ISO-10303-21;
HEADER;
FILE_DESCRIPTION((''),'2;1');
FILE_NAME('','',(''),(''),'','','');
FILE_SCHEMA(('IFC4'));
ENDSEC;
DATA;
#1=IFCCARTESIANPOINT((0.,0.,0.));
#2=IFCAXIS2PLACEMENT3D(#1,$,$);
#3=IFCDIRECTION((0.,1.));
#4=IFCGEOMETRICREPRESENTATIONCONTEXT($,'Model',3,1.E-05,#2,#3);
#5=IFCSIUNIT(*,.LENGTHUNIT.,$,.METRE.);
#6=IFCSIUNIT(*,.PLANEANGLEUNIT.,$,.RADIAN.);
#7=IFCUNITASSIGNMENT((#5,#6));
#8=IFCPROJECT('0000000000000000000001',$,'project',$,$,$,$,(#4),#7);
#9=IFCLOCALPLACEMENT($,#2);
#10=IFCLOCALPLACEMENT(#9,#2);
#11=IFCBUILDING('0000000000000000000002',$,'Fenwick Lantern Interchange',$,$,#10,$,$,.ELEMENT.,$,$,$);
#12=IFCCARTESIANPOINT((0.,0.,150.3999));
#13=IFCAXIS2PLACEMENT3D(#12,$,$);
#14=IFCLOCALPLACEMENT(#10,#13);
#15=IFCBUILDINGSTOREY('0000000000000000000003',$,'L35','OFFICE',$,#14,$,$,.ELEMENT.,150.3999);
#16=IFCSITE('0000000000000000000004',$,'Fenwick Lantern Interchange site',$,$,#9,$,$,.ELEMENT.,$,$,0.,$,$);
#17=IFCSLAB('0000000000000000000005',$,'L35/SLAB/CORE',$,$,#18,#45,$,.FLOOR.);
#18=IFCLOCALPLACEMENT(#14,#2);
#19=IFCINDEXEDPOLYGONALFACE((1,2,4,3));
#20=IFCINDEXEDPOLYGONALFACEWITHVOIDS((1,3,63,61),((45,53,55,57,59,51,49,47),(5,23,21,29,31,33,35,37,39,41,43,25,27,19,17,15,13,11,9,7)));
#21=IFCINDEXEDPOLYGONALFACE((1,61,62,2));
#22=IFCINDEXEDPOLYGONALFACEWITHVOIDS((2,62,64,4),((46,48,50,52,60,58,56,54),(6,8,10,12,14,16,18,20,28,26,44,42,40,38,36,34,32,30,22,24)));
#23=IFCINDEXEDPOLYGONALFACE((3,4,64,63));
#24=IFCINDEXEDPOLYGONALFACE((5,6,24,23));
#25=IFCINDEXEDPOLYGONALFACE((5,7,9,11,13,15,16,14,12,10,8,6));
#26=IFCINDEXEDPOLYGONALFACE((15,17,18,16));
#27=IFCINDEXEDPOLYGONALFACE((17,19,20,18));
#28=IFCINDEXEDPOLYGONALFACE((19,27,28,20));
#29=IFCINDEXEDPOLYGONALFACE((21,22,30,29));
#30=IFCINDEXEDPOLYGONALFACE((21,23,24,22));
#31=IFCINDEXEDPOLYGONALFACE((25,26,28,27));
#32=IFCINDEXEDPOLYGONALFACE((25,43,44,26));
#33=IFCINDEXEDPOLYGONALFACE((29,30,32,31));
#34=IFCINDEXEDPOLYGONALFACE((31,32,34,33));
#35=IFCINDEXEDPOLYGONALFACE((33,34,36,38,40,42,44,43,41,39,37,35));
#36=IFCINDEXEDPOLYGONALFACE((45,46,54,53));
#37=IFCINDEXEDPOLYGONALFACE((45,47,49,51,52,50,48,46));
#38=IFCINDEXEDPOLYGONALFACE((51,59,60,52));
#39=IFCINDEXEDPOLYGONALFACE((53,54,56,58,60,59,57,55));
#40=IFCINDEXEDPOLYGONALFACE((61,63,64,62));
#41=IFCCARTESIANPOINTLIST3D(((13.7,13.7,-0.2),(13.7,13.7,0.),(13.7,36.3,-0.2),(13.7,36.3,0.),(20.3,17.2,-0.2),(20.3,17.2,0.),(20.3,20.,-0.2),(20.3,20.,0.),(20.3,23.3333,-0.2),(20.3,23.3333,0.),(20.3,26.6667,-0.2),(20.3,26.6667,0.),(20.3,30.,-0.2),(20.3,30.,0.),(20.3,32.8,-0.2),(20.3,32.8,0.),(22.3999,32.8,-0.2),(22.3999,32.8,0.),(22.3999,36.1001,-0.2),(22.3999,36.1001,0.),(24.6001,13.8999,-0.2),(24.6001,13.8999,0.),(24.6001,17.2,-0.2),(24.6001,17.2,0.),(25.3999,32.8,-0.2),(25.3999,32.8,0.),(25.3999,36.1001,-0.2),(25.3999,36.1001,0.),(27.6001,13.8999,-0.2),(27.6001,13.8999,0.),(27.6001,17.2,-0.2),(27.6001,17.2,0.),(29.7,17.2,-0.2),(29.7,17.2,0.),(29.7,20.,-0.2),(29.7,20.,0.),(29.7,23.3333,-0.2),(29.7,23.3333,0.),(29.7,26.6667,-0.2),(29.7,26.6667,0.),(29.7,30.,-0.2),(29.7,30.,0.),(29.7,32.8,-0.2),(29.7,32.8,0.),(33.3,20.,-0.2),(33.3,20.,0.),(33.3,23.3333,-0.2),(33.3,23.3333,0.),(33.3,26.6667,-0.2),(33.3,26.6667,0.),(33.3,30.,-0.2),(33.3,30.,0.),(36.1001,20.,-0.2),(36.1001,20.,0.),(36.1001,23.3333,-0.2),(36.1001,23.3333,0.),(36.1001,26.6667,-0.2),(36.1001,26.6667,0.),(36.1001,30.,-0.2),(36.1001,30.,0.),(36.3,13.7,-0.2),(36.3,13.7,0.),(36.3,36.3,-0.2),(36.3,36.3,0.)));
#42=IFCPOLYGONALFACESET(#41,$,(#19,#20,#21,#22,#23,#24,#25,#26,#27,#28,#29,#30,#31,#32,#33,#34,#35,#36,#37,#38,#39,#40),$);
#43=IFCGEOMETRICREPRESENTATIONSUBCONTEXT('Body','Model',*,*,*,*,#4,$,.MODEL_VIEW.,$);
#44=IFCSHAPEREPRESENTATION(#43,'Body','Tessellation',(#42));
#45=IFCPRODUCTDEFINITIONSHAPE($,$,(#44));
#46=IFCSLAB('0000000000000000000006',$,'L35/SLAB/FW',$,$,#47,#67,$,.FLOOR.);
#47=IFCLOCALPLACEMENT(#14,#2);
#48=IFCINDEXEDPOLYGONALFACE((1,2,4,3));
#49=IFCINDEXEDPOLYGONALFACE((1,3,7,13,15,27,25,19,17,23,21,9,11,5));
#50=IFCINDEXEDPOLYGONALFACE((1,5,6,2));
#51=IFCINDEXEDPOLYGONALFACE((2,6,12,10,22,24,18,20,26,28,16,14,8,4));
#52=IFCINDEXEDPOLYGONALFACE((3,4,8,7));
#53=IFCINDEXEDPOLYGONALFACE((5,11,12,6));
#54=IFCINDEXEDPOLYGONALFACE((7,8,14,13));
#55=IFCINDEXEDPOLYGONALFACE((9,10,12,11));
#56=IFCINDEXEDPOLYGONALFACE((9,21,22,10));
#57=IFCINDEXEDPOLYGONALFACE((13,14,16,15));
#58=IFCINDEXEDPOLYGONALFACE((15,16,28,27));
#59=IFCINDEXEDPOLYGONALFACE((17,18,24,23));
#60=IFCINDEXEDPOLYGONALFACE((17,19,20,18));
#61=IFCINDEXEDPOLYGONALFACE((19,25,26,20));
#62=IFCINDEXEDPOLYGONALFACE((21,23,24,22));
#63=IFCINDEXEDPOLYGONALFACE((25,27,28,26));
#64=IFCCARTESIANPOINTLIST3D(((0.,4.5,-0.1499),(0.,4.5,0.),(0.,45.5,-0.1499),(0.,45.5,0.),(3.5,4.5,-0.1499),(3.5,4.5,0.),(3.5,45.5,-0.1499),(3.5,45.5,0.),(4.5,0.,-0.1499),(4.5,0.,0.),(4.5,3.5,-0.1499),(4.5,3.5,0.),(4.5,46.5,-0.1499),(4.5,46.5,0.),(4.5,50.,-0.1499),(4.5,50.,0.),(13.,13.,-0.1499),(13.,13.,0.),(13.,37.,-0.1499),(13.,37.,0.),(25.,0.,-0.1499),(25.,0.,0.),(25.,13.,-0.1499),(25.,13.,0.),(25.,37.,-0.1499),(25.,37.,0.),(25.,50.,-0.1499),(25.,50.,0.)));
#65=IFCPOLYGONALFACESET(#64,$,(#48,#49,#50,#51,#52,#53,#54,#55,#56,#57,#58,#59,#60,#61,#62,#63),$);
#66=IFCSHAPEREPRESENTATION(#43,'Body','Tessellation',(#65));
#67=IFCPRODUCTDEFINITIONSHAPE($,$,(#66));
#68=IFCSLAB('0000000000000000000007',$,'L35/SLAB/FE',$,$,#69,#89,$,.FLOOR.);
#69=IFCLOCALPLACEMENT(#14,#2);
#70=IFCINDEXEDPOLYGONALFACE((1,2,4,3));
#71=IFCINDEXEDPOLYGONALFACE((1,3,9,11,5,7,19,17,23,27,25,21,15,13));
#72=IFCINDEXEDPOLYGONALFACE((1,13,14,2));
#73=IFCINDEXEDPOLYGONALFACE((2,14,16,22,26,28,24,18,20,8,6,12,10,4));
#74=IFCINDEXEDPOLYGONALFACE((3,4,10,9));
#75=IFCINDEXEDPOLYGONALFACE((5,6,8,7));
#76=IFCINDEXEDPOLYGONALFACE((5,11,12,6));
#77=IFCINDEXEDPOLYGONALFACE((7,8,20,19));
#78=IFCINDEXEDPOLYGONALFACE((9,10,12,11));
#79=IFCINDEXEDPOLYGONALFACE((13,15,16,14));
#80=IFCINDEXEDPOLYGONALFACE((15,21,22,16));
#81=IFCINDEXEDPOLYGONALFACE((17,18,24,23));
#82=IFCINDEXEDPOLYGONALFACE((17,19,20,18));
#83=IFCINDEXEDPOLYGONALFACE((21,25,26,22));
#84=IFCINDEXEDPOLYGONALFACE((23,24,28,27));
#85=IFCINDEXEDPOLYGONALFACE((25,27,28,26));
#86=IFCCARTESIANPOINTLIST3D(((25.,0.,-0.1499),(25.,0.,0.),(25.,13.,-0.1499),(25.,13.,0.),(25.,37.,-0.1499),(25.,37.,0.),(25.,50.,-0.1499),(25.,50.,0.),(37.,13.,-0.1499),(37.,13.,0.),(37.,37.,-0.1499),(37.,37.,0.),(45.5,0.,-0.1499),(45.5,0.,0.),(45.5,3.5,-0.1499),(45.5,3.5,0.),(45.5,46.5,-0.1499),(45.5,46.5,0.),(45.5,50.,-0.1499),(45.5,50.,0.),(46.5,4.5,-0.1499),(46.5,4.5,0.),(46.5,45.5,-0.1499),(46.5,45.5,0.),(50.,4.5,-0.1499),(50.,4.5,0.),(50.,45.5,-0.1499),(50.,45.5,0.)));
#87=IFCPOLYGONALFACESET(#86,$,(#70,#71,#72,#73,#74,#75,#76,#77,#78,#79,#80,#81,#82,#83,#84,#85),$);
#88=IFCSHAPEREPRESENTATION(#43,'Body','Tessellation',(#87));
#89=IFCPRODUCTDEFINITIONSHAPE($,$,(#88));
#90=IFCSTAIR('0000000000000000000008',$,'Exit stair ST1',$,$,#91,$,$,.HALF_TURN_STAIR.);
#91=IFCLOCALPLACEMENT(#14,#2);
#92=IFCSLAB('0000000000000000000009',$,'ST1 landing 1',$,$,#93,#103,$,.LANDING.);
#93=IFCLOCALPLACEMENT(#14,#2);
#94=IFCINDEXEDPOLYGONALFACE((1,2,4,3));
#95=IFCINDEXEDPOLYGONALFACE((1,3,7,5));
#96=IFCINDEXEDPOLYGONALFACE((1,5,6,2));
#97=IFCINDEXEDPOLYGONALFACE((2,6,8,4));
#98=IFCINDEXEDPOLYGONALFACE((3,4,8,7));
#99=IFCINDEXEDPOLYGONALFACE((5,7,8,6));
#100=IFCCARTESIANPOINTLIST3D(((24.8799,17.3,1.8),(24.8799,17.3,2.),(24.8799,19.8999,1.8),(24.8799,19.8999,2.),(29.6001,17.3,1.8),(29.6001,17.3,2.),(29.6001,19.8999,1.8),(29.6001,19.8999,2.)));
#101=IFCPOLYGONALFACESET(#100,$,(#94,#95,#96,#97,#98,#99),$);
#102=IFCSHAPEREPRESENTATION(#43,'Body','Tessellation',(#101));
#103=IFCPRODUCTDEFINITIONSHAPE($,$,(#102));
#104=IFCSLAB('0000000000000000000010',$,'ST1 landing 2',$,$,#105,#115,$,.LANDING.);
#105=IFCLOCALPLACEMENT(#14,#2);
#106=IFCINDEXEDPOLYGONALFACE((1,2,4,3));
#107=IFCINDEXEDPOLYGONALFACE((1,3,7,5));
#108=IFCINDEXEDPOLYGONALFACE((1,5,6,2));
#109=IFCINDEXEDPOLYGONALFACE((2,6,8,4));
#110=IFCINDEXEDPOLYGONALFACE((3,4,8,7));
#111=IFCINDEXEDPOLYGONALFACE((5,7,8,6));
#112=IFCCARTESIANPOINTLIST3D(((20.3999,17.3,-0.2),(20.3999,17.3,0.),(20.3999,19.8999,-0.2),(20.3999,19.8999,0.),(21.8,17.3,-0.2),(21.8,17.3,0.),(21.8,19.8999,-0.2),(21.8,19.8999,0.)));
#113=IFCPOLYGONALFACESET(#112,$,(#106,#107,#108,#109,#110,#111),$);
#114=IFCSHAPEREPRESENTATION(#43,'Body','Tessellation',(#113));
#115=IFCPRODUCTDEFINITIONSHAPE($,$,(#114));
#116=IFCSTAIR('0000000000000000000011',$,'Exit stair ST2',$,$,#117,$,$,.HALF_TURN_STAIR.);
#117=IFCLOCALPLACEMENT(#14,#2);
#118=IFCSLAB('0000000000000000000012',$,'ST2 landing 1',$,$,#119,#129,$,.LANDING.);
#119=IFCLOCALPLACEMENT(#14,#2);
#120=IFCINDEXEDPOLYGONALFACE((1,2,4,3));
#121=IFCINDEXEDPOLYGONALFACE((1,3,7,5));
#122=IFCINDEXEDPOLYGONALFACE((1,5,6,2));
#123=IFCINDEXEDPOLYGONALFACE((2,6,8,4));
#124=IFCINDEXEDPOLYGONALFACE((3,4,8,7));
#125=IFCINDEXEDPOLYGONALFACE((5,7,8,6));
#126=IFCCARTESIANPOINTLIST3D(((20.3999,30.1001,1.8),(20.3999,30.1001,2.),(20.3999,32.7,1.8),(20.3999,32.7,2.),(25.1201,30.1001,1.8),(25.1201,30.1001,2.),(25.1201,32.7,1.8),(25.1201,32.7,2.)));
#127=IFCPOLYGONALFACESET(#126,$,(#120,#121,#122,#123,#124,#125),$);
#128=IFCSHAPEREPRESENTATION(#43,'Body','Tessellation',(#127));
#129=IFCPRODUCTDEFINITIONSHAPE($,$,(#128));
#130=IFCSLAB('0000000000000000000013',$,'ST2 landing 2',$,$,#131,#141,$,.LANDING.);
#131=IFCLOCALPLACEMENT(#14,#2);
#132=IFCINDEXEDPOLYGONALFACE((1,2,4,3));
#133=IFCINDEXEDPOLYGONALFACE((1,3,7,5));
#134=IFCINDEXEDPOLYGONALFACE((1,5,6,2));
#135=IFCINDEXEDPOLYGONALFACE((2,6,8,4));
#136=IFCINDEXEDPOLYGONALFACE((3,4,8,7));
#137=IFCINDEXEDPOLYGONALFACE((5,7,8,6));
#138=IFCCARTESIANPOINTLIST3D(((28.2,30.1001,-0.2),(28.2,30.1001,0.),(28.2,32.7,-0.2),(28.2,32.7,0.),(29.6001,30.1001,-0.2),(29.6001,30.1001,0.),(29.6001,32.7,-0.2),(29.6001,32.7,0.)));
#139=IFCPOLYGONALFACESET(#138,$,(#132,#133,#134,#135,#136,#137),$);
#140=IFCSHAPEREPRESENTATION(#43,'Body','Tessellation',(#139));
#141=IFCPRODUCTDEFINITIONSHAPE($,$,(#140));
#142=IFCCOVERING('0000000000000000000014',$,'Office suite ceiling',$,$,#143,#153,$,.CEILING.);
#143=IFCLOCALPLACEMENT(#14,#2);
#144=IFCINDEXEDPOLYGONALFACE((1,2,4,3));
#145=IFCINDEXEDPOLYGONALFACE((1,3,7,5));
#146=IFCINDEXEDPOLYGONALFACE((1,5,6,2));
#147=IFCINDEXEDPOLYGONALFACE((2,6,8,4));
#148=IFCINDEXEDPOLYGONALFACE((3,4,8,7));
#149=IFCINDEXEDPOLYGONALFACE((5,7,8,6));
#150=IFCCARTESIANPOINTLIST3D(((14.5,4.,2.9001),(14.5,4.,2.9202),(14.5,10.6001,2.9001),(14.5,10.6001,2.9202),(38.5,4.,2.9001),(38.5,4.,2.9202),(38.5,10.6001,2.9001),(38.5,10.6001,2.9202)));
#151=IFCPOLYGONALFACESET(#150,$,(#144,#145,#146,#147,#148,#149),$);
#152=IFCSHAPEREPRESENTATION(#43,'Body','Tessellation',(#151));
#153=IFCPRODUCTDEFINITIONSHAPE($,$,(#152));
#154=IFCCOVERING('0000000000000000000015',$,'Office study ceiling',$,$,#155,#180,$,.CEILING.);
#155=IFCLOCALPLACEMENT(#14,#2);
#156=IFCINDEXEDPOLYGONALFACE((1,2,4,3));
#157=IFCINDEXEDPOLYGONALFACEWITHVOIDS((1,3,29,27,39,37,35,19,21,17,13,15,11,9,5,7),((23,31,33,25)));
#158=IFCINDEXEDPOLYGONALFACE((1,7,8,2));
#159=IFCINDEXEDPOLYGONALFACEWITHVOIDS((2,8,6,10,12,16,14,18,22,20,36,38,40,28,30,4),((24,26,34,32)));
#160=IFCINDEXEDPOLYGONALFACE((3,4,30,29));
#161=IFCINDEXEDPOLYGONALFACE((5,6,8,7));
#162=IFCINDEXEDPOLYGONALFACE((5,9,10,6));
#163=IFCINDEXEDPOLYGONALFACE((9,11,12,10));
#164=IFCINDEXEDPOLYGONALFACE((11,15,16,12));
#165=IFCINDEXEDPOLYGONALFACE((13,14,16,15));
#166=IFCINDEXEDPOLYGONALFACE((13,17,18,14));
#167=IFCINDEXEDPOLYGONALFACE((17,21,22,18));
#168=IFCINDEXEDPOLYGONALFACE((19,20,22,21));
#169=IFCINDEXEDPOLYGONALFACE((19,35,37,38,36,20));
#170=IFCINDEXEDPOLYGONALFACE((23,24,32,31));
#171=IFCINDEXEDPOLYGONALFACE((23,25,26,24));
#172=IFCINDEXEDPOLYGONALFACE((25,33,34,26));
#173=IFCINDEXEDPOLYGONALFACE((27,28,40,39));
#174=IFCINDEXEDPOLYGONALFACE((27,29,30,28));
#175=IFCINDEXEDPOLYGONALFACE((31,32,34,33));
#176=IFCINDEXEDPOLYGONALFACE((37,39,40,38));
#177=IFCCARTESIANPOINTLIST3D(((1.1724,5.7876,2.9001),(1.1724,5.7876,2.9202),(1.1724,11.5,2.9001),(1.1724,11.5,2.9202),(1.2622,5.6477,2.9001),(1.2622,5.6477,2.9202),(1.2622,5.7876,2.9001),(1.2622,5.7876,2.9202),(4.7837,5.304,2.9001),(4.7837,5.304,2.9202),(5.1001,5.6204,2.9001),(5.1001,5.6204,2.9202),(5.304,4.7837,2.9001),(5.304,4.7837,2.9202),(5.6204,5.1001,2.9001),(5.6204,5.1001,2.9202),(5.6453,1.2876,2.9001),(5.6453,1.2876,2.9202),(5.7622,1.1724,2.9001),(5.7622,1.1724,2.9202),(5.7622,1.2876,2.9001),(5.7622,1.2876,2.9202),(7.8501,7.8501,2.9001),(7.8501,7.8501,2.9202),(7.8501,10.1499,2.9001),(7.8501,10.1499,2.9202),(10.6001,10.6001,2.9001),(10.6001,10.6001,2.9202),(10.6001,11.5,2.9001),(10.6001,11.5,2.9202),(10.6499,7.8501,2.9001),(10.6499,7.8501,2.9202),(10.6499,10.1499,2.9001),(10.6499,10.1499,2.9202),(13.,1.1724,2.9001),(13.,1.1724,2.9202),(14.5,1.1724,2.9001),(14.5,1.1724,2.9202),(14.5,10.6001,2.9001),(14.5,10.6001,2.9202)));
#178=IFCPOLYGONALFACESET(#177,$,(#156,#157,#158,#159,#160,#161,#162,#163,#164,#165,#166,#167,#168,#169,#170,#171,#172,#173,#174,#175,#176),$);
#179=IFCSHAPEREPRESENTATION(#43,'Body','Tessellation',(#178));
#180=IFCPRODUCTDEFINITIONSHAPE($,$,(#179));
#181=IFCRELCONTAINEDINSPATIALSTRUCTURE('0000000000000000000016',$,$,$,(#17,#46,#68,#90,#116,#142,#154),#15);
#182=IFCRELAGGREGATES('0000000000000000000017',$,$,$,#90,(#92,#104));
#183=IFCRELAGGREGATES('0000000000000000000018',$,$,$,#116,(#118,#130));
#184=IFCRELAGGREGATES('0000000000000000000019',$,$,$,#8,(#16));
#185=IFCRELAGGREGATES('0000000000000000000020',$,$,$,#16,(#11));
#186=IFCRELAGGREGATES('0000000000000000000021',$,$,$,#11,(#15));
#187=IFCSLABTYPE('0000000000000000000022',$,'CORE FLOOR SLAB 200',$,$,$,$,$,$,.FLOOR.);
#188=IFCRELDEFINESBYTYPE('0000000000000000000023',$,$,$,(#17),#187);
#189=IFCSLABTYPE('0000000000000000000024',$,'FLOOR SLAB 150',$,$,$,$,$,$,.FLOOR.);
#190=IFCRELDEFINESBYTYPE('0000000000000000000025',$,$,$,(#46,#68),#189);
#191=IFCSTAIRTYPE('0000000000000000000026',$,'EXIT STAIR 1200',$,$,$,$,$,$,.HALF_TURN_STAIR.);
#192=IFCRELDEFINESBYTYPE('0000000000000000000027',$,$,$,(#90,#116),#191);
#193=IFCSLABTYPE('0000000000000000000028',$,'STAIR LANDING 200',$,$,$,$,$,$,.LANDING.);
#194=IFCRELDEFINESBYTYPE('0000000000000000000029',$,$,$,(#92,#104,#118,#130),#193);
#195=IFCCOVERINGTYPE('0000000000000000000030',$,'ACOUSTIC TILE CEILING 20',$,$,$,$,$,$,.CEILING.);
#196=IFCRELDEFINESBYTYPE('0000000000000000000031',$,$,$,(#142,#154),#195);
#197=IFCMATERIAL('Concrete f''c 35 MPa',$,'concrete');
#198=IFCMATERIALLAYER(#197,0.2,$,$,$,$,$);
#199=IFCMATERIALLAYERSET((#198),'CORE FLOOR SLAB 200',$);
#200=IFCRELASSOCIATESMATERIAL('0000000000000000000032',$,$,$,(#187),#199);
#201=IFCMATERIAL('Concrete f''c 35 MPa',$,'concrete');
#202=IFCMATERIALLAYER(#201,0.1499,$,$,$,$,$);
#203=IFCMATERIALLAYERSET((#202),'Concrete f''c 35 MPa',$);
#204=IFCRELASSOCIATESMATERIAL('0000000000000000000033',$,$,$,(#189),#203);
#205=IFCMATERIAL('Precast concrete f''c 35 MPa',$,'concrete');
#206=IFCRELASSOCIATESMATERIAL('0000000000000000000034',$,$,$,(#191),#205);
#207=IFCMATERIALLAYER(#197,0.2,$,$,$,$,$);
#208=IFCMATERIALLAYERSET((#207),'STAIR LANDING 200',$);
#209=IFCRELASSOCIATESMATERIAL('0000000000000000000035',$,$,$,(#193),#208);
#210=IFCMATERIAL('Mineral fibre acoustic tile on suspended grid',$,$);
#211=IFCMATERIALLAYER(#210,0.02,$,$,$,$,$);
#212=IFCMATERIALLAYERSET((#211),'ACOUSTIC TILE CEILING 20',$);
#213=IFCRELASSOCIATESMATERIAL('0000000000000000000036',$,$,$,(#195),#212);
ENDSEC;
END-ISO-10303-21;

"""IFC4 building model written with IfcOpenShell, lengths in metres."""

from ifc_helpers import new_model, si_unit, direction, frame, origin, place, context, subcontext, project, spatial, polyline, outline, extrude, material, layer, layer_set, type_object, element, aggregate, save


model = new_model("IFC4")

# Units and contexts
model_context = context("Model", 3, precision=1e-05, world=origin(), true_north=direction((0.0, 1.0)))
body_context = subcontext(model_context, "Body", "Model", "MODEL_VIEW")
ifc_project = project(units=[si_unit("LENGTHUNIT", "METRE"), si_unit("PLANEANGLEUNIT", "RADIAN")], contexts=[model_context])

# Site, building, storey
site_placement = place(None, origin())
site = spatial("IfcSite", under=ifc_project, at=site_placement, Name="Fenwick Lantern Interchange site", CompositionType="ELEMENT", RefElevation=0.0)
building_placement = place(site_placement, origin())
building = spatial("IfcBuilding", under=site, at=building_placement, Name="Fenwick Lantern Interchange", CompositionType="ELEMENT")
storey_placement = place(building_placement, frame((0.0, 0.0, 150.3999)))
storey = spatial("IfcBuildingStorey", under=building, at=storey_placement, Name="L35", Description="OFFICE", CompositionType="ELEMENT", Elevation=150.3999)

# Slabs
ifc_material_1 = material(Name="Concrete f'c 35 MPa", Category="concrete")
ifc_layer_1 = layer(ifc_material_1, 0.2)
ifc_layer_set_1 = layer_set([ifc_layer_1], Name="CORE FLOOR SLAB 200")
slab_type_1 = type_object("IfcSlabType", Name="CORE FLOOR SLAB 200", PredefinedType="FLOOR", material=ifc_layer_set_1)
slab_1_placement = place(storey_placement, frame((0.0, 0.0, -0.2)))
element("IfcSlab", 1, at=slab_1_placement, inside=storey, type_object=slab_type_1, Name="L35/SLAB/CORE", PredefinedType="FLOOR", context=body_context, shape_type="SweptSolid", body=[
    extrude(outline(polyline([(13.7, 36.3), (36.3, 36.3), (36.3, 13.7), (13.7, 13.7), (13.7, 36.3)]), holes=[polyline([(29.7, 17.2), (29.7, 20.0), (29.7, 23.3333), (29.7, 26.6667), (29.7, 30.0), (29.7, 32.8), (25.3999, 32.8), (25.3999, 36.1001), (22.3999, 36.1001), (22.3999, 32.8), (20.3, 32.8), (20.3, 30.0), (20.3, 26.6667), (20.3, 23.3333), (20.3, 20.0), (20.3, 17.2), (24.6001, 17.2), (24.6001, 13.8999), (27.6001, 13.8999), (27.6001, 17.2), (29.7, 17.2)]), polyline([(33.3, 23.3333), (33.3, 20.0), (36.1001, 20.0), (36.1001, 23.3333), (36.1001, 26.6667), (36.1001, 30.0), (33.3, 30.0), (33.3, 26.6667), (33.3, 23.3333)])]), origin(), (0.0, 0.0, 1.0), 0.2),
])
ifc_material_2 = material(Name="Concrete f'c 35 MPa", Category="concrete")
ifc_layer_2 = layer(ifc_material_2, 0.1499)
ifc_layer_set_2 = layer_set([ifc_layer_2], Name="Concrete f'c 35 MPa")
slab_type_2 = type_object("IfcSlabType", Name="FLOOR SLAB 150", PredefinedType="FLOOR", material=ifc_layer_set_2)
slab_2_placement = place(storey_placement, frame((0.0, 0.0, -0.1499)))
element("IfcSlab", 2, at=slab_2_placement, inside=storey, type_object=slab_type_2, Name="L35/SLAB/FW", PredefinedType="FLOOR", context=body_context, shape_type="SweptSolid", body=[
    extrude(outline(polyline([(4.5, 0.0), (4.5, 3.5), (3.5, 4.5), (0.0, 4.5), (0.0, 45.5), (3.5, 45.5), (4.5, 46.5), (4.5, 50.0), (25.0, 50.0), (25.0, 37.0), (13.0, 37.0), (13.0, 13.0), (25.0, 13.0), (25.0, 0.0), (4.5, 0.0)])), origin(), (0.0, 0.0, 1.0), 0.1499),
])
slab_3_placement = place(storey_placement, frame((0.0, 0.0, -0.1499)))
element("IfcSlab", 3, at=slab_3_placement, inside=storey, type_object=slab_type_2, Name="L35/SLAB/FE", PredefinedType="FLOOR", context=body_context, shape_type="SweptSolid", body=[
    extrude(outline(polyline([(45.5, 50.0), (45.5, 46.5), (46.5, 45.5), (50.0, 45.5), (50.0, 4.5), (46.5, 4.5), (45.5, 3.5), (45.5, 0.0), (25.0, 0.0), (25.0, 13.0), (37.0, 13.0), (37.0, 37.0), (25.0, 37.0), (25.0, 50.0), (45.5, 50.0)])), origin(), (0.0, 0.0, 1.0), 0.1499),
])

# Stairs, slabs
ifc_material_3 = material(Name="Precast concrete f'c 35 MPa", Category="concrete")
stair_type = type_object("IfcStairType", Name="EXIT STAIR 1200", PredefinedType="HALF_TURN_STAIR", material=ifc_material_3)
stair_1_placement = place(storey_placement, origin())
stair_1 = element("IfcStair", 4, at=stair_1_placement, inside=storey, type_object=stair_type, Name="Exit stair ST1", PredefinedType="HALF_TURN_STAIR")
ifc_layer_3 = layer(ifc_material_1, 0.2)
ifc_layer_set_3 = layer_set([ifc_layer_3], Name="STAIR LANDING 200")
slab_type_3 = type_object("IfcSlabType", Name="STAIR LANDING 200", PredefinedType="LANDING", material=ifc_layer_set_3)
slab_4_placement = place(storey_placement, frame((0.0, 0.0, 1.8)))
slab_4 = element("IfcSlab", 5, at=slab_4_placement, type_object=slab_type_3, Name="ST1 landing 1", PredefinedType="LANDING", context=body_context, shape_type="SweptSolid", body=[
    extrude(outline(polyline([(24.8799, 17.3), (29.6001, 17.3), (29.6001, 19.8999), (24.8799, 19.8999), (24.8799, 17.3)])), origin(), (0.0, 0.0, 1.0), 0.2),
])
slab_5_placement = place(storey_placement, frame((0.0, 0.0, -0.2)))
slab_5 = element("IfcSlab", 6, at=slab_5_placement, type_object=slab_type_3, Name="ST1 landing 2", PredefinedType="LANDING", context=body_context, shape_type="SweptSolid", body=[
    extrude(outline(polyline([(20.3999, 17.3), (21.8, 17.3), (21.8, 19.8999), (20.3999, 19.8999), (20.3999, 17.3)])), origin(), (0.0, 0.0, 1.0), 0.2),
])
aggregate(stair_1, [slab_4, slab_5])
stair_2_placement = place(storey_placement, origin())
stair_2 = element("IfcStair", 7, at=stair_2_placement, inside=storey, type_object=stair_type, Name="Exit stair ST2", PredefinedType="HALF_TURN_STAIR")
slab_6_placement = place(storey_placement, frame((0.0, 0.0, 1.8)))
slab_6 = element("IfcSlab", 8, at=slab_6_placement, type_object=slab_type_3, Name="ST2 landing 1", PredefinedType="LANDING", context=body_context, shape_type="SweptSolid", body=[
    extrude(outline(polyline([(25.1201, 32.7), (20.3999, 32.7), (20.3999, 30.1001), (25.1201, 30.1001), (25.1201, 32.7)])), origin(), (0.0, 0.0, 1.0), 0.2),
])
slab_7_placement = place(storey_placement, frame((0.0, 0.0, -0.2)))
slab_7 = element("IfcSlab", 9, at=slab_7_placement, type_object=slab_type_3, Name="ST2 landing 2", PredefinedType="LANDING", context=body_context, shape_type="SweptSolid", body=[
    extrude(outline(polyline([(29.6001, 32.7), (28.2, 32.7), (28.2, 30.1001), (29.6001, 30.1001), (29.6001, 32.7)])), origin(), (0.0, 0.0, 1.0), 0.2),
])
aggregate(stair_2, [slab_6, slab_7])

# Coverings
ifc_material_4 = material(Name="Mineral fibre acoustic tile on suspended grid")
ifc_layer_4 = layer(ifc_material_4, 0.02)
ifc_layer_set_4 = layer_set([ifc_layer_4], Name="ACOUSTIC TILE CEILING 20")
covering_type_1 = type_object("IfcCoveringType", Name="ACOUSTIC TILE CEILING 20", PredefinedType="CEILING", material=ifc_layer_set_4)
covering_1_placement = place(storey_placement, frame((0.0, 0.0, 2.9001)))
element("IfcCovering", 10, at=covering_1_placement, inside=storey, type_object=covering_type_1, Name="Office suite ceiling", PredefinedType="CEILING", context=body_context, shape_type="SweptSolid", body=[
    extrude(outline(polyline([(14.5, 10.6001), (14.5, 4.0), (38.5, 4.0), (38.5, 10.6001), (14.5, 10.6001)])), origin(), (0.0, 0.0, 1.0), 0.02),
])
covering_2_placement = place(storey_placement, frame((0.0, 0.0, 2.9001)))
element("IfcCovering", 11, at=covering_2_placement, inside=storey, type_object=covering_type_1, Name="Office study ceiling", PredefinedType="CEILING", context=body_context, shape_type="SweptSolid", body=[
    extrude(outline(polyline([(10.6001, 10.6001), (10.6001, 11.5), (1.1724, 11.5), (1.1724, 5.7876), (1.2622, 5.7876), (1.2622, 5.6477), (4.7837, 5.304), (5.1001, 5.6204), (5.6204, 5.1001), (5.304, 4.7837), (5.6453, 1.2876), (5.7622, 1.2876), (5.7622, 1.1724), (13.0, 1.1724), (14.5, 1.1724), (14.5, 10.6001), (10.6001, 10.6001)]), holes=[polyline([(7.8501, 10.1499), (10.6499, 10.1499), (10.6499, 7.8501), (7.8501, 7.8501), (7.8501, 10.1499)])]), origin(), (0.0, 0.0, 1.0), 0.02),
])

save(model, "model.ifc")
